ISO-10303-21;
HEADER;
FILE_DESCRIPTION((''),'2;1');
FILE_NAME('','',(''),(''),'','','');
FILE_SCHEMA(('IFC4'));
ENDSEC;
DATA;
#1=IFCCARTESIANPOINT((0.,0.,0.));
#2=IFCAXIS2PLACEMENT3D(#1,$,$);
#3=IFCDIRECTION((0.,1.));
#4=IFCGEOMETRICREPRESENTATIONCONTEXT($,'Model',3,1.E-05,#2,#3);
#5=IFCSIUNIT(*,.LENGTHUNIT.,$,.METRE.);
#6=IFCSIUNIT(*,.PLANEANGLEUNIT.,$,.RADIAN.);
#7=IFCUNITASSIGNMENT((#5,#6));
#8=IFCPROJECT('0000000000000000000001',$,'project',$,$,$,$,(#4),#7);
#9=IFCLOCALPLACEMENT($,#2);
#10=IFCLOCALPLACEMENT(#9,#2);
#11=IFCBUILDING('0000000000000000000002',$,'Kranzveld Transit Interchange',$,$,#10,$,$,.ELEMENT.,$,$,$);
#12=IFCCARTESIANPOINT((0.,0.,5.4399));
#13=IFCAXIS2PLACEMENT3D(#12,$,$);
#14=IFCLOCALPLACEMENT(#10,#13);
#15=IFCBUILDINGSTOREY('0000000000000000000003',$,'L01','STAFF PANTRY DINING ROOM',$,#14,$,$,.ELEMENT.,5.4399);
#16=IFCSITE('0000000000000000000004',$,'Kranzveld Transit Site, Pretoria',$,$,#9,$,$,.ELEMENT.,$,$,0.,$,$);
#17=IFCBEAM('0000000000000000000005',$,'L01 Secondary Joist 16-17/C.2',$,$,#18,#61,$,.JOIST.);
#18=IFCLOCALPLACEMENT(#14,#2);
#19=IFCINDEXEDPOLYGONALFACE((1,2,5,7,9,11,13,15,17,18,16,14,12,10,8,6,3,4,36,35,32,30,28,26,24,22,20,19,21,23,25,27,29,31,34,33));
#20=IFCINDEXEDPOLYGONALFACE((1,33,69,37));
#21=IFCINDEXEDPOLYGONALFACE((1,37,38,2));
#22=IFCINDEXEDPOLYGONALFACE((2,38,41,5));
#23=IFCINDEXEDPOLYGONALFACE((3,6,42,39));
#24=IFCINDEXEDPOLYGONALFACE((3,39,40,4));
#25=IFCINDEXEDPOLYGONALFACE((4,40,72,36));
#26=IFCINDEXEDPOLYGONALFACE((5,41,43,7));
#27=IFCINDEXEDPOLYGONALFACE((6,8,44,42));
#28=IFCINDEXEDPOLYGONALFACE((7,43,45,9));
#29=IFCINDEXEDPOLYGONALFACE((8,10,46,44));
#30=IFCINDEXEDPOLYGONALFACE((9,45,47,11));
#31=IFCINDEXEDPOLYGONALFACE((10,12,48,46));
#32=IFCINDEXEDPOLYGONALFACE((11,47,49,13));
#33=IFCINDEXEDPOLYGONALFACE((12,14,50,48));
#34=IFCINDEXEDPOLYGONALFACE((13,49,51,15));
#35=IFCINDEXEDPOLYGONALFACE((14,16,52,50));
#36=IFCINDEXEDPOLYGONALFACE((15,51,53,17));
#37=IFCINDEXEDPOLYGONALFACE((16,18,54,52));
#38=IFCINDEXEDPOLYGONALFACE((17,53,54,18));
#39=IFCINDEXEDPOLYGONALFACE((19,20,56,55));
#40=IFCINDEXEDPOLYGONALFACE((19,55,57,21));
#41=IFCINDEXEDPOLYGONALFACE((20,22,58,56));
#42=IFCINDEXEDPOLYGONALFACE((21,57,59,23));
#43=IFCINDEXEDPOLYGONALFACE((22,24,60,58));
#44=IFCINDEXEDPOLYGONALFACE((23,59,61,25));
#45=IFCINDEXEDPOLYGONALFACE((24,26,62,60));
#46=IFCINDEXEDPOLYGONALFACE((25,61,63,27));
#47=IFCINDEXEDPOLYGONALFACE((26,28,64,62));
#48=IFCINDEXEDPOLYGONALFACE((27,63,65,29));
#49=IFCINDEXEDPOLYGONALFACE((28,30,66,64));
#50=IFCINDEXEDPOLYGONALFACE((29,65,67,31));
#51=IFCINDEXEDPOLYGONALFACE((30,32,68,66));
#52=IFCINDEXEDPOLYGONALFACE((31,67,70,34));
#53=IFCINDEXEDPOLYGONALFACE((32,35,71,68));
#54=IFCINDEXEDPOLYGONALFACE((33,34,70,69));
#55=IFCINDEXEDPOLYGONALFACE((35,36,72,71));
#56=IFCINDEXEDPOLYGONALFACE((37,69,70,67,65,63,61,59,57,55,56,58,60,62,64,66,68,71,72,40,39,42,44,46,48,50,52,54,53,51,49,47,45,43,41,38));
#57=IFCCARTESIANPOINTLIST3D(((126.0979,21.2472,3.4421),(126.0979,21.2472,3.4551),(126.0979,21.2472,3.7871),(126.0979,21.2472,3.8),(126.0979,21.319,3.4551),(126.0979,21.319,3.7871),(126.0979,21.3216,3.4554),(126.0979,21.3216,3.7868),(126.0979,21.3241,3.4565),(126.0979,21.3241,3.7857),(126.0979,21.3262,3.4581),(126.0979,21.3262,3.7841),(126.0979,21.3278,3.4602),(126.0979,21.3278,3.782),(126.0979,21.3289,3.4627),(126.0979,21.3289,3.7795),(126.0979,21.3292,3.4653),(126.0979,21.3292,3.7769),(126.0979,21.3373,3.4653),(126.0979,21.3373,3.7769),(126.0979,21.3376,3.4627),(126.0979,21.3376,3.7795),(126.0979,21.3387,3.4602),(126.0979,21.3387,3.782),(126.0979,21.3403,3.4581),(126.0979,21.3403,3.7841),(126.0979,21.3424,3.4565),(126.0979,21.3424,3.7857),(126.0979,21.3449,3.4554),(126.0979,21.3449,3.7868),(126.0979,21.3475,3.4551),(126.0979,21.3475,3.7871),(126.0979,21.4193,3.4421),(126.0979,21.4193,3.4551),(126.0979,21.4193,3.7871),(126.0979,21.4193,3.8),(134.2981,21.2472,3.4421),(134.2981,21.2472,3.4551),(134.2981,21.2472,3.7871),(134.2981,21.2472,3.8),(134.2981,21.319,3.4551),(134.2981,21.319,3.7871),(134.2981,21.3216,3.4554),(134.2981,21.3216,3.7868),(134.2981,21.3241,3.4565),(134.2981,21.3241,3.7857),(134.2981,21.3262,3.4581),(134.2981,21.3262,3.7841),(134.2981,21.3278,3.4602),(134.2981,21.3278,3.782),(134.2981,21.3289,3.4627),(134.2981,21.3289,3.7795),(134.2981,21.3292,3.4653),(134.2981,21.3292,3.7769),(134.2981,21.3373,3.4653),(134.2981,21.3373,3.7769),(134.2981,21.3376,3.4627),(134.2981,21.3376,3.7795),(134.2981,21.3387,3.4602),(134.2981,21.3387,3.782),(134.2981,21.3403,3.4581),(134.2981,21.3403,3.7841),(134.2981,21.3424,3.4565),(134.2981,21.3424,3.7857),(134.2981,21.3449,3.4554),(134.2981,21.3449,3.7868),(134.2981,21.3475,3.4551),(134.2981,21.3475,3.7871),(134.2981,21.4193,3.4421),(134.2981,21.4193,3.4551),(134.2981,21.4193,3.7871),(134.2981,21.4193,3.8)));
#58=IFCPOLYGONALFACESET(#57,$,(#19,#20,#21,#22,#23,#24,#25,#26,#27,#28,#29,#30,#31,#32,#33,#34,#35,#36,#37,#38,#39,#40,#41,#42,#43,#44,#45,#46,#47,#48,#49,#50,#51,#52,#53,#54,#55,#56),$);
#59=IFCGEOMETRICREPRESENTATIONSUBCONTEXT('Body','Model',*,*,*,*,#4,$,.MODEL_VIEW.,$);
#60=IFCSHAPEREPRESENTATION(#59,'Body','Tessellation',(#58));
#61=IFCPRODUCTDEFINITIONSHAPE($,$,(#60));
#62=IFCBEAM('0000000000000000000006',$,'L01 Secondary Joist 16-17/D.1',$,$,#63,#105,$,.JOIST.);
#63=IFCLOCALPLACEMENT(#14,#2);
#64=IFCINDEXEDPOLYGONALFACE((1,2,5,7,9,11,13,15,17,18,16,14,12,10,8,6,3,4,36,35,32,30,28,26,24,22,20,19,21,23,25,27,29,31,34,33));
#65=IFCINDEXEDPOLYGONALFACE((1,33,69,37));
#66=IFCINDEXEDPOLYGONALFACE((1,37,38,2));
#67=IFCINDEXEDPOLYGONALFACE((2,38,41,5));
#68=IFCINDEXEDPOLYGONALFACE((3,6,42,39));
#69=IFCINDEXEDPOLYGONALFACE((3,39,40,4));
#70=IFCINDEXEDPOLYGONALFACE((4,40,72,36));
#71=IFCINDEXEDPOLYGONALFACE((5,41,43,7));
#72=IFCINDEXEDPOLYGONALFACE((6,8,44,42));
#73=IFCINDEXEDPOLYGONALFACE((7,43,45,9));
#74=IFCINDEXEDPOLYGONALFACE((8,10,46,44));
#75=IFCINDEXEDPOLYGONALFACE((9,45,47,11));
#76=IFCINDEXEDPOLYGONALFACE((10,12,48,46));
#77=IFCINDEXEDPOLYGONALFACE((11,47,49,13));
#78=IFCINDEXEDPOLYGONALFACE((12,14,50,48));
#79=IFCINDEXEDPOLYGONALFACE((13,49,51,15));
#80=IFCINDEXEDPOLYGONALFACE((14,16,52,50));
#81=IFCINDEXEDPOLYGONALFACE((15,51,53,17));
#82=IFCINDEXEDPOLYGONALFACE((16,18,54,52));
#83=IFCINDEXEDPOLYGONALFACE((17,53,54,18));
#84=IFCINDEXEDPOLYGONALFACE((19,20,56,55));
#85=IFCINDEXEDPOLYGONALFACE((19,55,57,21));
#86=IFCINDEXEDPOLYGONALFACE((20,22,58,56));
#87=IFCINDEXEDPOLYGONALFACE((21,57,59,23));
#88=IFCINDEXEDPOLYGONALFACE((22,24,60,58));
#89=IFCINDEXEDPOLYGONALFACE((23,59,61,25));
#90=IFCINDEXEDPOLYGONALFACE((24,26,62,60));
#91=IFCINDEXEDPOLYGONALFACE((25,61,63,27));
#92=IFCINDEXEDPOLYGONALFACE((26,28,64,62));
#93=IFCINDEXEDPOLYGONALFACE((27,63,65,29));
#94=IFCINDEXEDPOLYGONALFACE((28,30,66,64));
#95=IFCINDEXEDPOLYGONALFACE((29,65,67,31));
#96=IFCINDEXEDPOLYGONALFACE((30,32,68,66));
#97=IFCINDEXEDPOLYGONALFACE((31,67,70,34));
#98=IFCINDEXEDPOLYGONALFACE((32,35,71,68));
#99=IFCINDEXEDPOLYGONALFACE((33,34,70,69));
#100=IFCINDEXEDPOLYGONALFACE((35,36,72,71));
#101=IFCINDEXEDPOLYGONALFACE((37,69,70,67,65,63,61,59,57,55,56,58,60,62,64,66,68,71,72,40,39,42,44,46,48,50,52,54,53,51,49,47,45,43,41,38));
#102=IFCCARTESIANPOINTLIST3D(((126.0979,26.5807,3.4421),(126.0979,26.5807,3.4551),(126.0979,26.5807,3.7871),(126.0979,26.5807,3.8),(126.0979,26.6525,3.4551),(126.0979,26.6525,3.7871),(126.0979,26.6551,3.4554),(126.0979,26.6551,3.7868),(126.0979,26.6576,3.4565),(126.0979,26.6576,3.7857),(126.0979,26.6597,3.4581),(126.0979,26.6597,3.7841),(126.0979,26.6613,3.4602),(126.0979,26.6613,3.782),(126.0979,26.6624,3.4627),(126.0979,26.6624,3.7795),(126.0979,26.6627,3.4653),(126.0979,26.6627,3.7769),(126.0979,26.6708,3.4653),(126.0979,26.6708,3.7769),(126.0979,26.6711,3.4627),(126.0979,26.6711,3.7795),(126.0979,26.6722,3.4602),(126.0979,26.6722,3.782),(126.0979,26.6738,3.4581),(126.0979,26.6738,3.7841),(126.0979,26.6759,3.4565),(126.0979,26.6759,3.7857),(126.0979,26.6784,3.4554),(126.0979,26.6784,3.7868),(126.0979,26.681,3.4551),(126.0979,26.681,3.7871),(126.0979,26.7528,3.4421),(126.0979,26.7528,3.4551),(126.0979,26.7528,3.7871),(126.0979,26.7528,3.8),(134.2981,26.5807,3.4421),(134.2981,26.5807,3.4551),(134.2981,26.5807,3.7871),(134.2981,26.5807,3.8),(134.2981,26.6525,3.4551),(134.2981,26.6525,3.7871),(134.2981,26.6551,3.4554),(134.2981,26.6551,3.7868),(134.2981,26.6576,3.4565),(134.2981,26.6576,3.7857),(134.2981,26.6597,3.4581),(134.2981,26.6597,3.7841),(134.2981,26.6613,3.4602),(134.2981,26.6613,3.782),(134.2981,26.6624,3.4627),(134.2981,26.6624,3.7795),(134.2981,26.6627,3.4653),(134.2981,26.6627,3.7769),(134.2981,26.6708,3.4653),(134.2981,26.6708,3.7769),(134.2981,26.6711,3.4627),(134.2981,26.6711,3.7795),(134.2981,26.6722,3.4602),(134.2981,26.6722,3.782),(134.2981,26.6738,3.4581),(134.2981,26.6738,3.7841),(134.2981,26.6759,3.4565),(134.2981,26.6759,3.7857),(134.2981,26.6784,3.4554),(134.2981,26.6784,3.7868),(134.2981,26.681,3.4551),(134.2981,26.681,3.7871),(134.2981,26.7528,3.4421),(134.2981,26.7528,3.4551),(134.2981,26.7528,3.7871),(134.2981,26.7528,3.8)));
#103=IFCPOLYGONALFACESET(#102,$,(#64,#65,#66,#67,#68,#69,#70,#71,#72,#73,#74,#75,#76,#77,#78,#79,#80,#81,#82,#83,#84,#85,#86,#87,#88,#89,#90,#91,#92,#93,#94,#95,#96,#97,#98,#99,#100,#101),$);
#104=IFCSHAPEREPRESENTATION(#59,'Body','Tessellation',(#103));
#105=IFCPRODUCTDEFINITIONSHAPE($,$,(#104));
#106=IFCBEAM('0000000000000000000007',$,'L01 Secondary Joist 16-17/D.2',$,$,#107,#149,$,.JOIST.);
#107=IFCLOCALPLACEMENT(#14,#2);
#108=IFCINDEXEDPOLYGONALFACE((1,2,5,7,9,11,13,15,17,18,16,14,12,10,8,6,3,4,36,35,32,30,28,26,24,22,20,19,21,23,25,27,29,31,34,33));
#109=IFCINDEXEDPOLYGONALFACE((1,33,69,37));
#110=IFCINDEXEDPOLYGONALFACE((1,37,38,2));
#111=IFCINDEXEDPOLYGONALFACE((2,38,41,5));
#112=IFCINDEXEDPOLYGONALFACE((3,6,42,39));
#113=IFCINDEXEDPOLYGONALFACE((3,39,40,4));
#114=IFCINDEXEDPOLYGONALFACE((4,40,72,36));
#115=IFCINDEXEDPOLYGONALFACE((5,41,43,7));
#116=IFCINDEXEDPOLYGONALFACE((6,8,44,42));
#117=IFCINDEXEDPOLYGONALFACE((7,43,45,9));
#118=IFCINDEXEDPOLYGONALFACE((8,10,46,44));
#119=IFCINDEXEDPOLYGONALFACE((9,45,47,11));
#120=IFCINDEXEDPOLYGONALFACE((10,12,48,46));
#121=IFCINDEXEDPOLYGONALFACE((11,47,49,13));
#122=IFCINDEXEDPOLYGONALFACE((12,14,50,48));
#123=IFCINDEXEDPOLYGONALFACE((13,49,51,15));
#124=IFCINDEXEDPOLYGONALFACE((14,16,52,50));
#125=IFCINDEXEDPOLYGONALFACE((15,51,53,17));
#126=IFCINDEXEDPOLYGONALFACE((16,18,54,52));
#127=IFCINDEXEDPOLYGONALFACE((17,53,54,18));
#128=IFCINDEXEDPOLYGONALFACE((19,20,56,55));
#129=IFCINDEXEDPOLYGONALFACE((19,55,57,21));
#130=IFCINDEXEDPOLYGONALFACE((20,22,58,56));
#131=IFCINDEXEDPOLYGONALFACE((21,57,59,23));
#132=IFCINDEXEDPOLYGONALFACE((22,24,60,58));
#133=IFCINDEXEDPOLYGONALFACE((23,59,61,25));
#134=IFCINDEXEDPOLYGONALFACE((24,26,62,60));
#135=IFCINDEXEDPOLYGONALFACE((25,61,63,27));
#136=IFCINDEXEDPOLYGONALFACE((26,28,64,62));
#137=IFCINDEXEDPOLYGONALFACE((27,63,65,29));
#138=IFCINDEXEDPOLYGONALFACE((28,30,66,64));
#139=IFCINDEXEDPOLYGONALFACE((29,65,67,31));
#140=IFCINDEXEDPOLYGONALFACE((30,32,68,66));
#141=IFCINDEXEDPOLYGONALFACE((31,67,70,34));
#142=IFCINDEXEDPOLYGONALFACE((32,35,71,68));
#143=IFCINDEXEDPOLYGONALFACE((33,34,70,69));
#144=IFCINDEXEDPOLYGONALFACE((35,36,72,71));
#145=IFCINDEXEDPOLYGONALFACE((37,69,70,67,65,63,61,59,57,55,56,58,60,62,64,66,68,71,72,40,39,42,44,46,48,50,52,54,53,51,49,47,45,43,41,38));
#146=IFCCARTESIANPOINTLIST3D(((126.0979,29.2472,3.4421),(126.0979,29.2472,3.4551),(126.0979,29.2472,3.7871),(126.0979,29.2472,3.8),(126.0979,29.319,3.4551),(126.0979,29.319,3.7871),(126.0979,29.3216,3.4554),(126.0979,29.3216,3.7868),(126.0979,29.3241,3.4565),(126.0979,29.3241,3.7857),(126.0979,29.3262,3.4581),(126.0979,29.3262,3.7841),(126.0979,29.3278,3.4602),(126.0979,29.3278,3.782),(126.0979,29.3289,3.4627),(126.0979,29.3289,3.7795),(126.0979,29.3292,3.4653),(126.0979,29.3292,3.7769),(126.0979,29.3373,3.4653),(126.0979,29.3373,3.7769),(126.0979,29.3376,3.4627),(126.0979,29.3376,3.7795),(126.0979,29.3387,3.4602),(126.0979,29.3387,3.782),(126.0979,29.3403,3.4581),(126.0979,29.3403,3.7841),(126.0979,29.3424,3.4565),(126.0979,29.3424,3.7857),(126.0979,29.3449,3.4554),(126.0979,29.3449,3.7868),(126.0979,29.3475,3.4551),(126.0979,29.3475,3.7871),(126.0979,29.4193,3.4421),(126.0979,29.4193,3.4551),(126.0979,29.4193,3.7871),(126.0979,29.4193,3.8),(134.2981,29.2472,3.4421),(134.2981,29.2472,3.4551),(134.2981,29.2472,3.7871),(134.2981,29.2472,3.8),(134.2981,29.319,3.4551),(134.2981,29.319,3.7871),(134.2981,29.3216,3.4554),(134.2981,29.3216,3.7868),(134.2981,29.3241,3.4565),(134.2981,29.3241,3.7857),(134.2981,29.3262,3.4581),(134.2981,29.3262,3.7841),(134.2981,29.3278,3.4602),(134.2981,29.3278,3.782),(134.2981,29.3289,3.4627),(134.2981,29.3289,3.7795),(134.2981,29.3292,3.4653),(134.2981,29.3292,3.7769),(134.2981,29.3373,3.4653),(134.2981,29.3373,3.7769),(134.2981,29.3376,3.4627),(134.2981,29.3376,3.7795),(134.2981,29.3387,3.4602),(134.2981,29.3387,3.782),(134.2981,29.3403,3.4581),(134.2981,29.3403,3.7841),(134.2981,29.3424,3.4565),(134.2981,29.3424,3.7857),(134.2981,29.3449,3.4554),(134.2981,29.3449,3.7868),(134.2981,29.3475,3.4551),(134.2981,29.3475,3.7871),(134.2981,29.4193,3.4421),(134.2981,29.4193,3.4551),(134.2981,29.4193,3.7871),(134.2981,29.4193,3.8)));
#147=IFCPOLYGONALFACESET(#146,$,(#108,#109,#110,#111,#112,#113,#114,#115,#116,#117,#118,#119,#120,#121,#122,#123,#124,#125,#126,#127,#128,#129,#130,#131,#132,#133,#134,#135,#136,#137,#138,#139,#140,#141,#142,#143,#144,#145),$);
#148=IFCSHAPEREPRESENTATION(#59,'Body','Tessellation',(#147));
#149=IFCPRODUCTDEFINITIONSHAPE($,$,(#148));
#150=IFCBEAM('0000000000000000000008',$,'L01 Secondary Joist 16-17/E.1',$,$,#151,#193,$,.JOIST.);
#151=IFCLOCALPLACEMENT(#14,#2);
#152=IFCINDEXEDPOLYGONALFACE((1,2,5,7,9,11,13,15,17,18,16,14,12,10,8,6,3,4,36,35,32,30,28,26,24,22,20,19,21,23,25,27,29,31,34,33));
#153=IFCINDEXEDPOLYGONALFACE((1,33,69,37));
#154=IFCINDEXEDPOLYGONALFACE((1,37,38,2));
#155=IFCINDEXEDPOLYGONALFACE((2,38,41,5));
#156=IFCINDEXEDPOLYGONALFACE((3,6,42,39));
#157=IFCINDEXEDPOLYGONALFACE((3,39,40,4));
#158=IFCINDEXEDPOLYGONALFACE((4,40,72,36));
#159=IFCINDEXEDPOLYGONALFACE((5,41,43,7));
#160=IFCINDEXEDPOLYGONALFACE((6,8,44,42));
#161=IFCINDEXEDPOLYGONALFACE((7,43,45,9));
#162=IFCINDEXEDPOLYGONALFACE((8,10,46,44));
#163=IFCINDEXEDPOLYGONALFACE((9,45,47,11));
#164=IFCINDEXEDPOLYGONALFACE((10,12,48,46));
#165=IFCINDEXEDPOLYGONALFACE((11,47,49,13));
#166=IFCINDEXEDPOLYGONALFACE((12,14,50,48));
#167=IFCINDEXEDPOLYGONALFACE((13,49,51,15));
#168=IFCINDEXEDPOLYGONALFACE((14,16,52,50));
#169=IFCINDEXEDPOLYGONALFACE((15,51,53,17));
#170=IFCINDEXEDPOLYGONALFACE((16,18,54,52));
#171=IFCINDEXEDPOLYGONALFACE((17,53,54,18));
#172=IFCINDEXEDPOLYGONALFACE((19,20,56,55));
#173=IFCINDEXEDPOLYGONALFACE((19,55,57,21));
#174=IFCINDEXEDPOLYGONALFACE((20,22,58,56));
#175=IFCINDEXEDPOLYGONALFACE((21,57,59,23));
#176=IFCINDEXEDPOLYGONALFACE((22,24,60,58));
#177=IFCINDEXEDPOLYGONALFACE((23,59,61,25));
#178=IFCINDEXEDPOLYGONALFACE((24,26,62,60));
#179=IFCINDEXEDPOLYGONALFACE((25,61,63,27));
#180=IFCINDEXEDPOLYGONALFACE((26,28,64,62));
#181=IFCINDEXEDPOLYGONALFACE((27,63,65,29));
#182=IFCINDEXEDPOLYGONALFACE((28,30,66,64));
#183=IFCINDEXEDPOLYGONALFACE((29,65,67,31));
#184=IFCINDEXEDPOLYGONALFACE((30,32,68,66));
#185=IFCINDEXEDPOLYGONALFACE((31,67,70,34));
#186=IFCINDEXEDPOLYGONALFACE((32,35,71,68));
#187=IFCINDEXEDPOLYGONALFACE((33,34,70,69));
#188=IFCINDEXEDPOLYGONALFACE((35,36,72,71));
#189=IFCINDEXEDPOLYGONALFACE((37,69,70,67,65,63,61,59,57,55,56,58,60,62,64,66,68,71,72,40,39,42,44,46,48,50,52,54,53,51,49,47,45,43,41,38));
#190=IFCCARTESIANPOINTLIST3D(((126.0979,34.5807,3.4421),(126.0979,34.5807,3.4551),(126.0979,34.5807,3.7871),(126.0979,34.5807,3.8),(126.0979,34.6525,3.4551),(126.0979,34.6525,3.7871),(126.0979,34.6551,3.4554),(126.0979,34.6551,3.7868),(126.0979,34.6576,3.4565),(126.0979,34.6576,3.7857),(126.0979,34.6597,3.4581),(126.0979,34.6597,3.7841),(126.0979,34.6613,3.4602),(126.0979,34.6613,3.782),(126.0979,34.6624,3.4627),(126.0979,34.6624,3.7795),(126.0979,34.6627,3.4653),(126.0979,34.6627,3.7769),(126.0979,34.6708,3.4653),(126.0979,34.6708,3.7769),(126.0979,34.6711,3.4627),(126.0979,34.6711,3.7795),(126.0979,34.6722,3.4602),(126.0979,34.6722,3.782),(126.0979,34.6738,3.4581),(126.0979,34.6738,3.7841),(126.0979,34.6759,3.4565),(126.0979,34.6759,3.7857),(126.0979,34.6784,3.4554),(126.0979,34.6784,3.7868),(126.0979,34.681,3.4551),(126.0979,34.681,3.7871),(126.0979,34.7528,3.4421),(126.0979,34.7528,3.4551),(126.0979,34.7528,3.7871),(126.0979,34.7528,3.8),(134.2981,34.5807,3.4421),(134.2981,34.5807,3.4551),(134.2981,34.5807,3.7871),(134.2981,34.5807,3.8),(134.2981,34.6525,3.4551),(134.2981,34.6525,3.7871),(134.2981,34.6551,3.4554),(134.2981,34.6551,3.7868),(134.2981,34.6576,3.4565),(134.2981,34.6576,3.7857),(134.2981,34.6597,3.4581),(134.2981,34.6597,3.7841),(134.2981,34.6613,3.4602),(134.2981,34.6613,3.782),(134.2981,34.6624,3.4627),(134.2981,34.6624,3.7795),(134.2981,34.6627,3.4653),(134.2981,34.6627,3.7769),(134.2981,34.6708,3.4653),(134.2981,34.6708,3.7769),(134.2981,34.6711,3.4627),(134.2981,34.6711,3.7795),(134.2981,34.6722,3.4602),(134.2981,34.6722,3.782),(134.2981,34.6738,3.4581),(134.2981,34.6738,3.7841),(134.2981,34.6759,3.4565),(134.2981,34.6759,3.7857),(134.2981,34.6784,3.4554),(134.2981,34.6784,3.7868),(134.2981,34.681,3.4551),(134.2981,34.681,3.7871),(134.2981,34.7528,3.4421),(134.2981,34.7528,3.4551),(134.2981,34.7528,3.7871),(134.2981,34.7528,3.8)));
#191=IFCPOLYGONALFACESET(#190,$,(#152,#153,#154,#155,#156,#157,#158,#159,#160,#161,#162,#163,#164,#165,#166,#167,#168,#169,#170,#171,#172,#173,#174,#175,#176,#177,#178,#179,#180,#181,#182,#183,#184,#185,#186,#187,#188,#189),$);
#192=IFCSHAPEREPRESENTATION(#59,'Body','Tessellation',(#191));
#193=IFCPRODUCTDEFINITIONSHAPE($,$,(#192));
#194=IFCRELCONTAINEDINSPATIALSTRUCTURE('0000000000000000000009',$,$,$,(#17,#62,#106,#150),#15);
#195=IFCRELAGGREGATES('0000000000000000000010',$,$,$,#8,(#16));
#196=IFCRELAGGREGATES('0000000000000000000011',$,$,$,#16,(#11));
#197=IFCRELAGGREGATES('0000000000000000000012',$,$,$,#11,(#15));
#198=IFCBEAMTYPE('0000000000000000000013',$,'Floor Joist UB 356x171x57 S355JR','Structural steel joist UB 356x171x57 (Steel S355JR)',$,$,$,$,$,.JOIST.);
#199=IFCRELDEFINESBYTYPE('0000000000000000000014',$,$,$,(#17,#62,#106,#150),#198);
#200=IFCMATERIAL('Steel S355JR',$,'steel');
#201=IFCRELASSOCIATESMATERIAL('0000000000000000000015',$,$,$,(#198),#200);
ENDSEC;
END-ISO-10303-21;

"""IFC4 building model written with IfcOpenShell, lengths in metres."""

from ifc_helpers import new_model, si_unit, direction, frame, origin, origin_2d, place, context, subcontext, project, spatial, i_section, extrude, material, material_profile, profile_set, type_object, element, save


model = new_model("IFC4")

# Units and contexts
model_context = context("Model", 3, precision=1e-05, world=origin(), true_north=direction((0.0, 1.0)))
body_context = subcontext(model_context, "Body", "Model", "MODEL_VIEW")
ifc_project = project(units=[si_unit("LENGTHUNIT", "METRE"), si_unit("PLANEANGLEUNIT", "RADIAN")], contexts=[model_context])

# Site, building, storey
site_placement = place(None, origin())
site = spatial("IfcSite", under=ifc_project, at=site_placement, Name="Kranzveld Transit Site, Pretoria", CompositionType="ELEMENT", RefElevation=0.0)
building_placement = place(site_placement, origin())
building = spatial("IfcBuilding", under=site, at=building_placement, Name="Kranzveld Transit Interchange", CompositionType="ELEMENT")
storey_placement = place(building_placement, frame((0.0, 0.0, 5.4399)))
storey = spatial("IfcBuildingStorey", under=building, at=storey_placement, Name="L01", Description="STAFF PANTRY DINING ROOM", CompositionType="ELEMENT", Elevation=5.4399)

# Beams
ifc_material_1 = material(Name="Steel S355JR", Category="steel")
ifc_material_profile_1 = material_profile(ifc_material_1, i_section(OverallWidth=0.1721, OverallDepth=0.3579, WebThickness=0.0081, FlangeThickness=0.0129, FilletRadius=0.0103, at=origin_2d()), Name="UB 356x171x57")
ifc_profile_set_1 = profile_set([ifc_material_profile_1], Name="Steel S355JR")
beam_type_1 = type_object("IfcBeamType", Name="Floor Joist UB 356x171x57 S355JR", Description="Structural steel joist UB 356x171x57 (Steel S355JR)", PredefinedType="JOIST", material=ifc_profile_set_1)
for number, where, z_axis, x_axis, name in (
    (1, (126.0979, 21.3333, 3.6211), (1.0, 0.0, 0.0), (0.0, 1.0, 0.0), "L01 Secondary Joist 16-17/C.2"),
    (2, (126.0979, 26.6667, 3.6211), (1.0, 0.0, 0.0), (0.0, 1.0, 0.0), "L01 Secondary Joist 16-17/D.1"),
    (3, (126.0979, 29.3333, 3.6211), (1.0, 0.0, 0.0), (0.0, 1.0, 0.0), "L01 Secondary Joist 16-17/D.2"),
    (4, (126.0979, 34.6667, 3.6211), (1.0, 0.0, 0.0), (0.0, 1.0, 0.0), "L01 Secondary Joist 16-17/E.1"),
):
    element("IfcBeam", number, at=place(storey_placement, frame(where, z_axis=z_axis, x_axis=x_axis)), inside=storey, type_object=beam_type_1, Name=name, PredefinedType="JOIST", context=body_context, shape_type="SweptSolid", body=[
        extrude(i_section(OverallWidth=0.1721, OverallDepth=0.3579, WebThickness=0.0081, FlangeThickness=0.0129, FilletRadius=0.0103, at=origin_2d()), origin(), (0.0, 0.0, 1.0), 8.2002),
    ])

save(model, "model.ifc")
